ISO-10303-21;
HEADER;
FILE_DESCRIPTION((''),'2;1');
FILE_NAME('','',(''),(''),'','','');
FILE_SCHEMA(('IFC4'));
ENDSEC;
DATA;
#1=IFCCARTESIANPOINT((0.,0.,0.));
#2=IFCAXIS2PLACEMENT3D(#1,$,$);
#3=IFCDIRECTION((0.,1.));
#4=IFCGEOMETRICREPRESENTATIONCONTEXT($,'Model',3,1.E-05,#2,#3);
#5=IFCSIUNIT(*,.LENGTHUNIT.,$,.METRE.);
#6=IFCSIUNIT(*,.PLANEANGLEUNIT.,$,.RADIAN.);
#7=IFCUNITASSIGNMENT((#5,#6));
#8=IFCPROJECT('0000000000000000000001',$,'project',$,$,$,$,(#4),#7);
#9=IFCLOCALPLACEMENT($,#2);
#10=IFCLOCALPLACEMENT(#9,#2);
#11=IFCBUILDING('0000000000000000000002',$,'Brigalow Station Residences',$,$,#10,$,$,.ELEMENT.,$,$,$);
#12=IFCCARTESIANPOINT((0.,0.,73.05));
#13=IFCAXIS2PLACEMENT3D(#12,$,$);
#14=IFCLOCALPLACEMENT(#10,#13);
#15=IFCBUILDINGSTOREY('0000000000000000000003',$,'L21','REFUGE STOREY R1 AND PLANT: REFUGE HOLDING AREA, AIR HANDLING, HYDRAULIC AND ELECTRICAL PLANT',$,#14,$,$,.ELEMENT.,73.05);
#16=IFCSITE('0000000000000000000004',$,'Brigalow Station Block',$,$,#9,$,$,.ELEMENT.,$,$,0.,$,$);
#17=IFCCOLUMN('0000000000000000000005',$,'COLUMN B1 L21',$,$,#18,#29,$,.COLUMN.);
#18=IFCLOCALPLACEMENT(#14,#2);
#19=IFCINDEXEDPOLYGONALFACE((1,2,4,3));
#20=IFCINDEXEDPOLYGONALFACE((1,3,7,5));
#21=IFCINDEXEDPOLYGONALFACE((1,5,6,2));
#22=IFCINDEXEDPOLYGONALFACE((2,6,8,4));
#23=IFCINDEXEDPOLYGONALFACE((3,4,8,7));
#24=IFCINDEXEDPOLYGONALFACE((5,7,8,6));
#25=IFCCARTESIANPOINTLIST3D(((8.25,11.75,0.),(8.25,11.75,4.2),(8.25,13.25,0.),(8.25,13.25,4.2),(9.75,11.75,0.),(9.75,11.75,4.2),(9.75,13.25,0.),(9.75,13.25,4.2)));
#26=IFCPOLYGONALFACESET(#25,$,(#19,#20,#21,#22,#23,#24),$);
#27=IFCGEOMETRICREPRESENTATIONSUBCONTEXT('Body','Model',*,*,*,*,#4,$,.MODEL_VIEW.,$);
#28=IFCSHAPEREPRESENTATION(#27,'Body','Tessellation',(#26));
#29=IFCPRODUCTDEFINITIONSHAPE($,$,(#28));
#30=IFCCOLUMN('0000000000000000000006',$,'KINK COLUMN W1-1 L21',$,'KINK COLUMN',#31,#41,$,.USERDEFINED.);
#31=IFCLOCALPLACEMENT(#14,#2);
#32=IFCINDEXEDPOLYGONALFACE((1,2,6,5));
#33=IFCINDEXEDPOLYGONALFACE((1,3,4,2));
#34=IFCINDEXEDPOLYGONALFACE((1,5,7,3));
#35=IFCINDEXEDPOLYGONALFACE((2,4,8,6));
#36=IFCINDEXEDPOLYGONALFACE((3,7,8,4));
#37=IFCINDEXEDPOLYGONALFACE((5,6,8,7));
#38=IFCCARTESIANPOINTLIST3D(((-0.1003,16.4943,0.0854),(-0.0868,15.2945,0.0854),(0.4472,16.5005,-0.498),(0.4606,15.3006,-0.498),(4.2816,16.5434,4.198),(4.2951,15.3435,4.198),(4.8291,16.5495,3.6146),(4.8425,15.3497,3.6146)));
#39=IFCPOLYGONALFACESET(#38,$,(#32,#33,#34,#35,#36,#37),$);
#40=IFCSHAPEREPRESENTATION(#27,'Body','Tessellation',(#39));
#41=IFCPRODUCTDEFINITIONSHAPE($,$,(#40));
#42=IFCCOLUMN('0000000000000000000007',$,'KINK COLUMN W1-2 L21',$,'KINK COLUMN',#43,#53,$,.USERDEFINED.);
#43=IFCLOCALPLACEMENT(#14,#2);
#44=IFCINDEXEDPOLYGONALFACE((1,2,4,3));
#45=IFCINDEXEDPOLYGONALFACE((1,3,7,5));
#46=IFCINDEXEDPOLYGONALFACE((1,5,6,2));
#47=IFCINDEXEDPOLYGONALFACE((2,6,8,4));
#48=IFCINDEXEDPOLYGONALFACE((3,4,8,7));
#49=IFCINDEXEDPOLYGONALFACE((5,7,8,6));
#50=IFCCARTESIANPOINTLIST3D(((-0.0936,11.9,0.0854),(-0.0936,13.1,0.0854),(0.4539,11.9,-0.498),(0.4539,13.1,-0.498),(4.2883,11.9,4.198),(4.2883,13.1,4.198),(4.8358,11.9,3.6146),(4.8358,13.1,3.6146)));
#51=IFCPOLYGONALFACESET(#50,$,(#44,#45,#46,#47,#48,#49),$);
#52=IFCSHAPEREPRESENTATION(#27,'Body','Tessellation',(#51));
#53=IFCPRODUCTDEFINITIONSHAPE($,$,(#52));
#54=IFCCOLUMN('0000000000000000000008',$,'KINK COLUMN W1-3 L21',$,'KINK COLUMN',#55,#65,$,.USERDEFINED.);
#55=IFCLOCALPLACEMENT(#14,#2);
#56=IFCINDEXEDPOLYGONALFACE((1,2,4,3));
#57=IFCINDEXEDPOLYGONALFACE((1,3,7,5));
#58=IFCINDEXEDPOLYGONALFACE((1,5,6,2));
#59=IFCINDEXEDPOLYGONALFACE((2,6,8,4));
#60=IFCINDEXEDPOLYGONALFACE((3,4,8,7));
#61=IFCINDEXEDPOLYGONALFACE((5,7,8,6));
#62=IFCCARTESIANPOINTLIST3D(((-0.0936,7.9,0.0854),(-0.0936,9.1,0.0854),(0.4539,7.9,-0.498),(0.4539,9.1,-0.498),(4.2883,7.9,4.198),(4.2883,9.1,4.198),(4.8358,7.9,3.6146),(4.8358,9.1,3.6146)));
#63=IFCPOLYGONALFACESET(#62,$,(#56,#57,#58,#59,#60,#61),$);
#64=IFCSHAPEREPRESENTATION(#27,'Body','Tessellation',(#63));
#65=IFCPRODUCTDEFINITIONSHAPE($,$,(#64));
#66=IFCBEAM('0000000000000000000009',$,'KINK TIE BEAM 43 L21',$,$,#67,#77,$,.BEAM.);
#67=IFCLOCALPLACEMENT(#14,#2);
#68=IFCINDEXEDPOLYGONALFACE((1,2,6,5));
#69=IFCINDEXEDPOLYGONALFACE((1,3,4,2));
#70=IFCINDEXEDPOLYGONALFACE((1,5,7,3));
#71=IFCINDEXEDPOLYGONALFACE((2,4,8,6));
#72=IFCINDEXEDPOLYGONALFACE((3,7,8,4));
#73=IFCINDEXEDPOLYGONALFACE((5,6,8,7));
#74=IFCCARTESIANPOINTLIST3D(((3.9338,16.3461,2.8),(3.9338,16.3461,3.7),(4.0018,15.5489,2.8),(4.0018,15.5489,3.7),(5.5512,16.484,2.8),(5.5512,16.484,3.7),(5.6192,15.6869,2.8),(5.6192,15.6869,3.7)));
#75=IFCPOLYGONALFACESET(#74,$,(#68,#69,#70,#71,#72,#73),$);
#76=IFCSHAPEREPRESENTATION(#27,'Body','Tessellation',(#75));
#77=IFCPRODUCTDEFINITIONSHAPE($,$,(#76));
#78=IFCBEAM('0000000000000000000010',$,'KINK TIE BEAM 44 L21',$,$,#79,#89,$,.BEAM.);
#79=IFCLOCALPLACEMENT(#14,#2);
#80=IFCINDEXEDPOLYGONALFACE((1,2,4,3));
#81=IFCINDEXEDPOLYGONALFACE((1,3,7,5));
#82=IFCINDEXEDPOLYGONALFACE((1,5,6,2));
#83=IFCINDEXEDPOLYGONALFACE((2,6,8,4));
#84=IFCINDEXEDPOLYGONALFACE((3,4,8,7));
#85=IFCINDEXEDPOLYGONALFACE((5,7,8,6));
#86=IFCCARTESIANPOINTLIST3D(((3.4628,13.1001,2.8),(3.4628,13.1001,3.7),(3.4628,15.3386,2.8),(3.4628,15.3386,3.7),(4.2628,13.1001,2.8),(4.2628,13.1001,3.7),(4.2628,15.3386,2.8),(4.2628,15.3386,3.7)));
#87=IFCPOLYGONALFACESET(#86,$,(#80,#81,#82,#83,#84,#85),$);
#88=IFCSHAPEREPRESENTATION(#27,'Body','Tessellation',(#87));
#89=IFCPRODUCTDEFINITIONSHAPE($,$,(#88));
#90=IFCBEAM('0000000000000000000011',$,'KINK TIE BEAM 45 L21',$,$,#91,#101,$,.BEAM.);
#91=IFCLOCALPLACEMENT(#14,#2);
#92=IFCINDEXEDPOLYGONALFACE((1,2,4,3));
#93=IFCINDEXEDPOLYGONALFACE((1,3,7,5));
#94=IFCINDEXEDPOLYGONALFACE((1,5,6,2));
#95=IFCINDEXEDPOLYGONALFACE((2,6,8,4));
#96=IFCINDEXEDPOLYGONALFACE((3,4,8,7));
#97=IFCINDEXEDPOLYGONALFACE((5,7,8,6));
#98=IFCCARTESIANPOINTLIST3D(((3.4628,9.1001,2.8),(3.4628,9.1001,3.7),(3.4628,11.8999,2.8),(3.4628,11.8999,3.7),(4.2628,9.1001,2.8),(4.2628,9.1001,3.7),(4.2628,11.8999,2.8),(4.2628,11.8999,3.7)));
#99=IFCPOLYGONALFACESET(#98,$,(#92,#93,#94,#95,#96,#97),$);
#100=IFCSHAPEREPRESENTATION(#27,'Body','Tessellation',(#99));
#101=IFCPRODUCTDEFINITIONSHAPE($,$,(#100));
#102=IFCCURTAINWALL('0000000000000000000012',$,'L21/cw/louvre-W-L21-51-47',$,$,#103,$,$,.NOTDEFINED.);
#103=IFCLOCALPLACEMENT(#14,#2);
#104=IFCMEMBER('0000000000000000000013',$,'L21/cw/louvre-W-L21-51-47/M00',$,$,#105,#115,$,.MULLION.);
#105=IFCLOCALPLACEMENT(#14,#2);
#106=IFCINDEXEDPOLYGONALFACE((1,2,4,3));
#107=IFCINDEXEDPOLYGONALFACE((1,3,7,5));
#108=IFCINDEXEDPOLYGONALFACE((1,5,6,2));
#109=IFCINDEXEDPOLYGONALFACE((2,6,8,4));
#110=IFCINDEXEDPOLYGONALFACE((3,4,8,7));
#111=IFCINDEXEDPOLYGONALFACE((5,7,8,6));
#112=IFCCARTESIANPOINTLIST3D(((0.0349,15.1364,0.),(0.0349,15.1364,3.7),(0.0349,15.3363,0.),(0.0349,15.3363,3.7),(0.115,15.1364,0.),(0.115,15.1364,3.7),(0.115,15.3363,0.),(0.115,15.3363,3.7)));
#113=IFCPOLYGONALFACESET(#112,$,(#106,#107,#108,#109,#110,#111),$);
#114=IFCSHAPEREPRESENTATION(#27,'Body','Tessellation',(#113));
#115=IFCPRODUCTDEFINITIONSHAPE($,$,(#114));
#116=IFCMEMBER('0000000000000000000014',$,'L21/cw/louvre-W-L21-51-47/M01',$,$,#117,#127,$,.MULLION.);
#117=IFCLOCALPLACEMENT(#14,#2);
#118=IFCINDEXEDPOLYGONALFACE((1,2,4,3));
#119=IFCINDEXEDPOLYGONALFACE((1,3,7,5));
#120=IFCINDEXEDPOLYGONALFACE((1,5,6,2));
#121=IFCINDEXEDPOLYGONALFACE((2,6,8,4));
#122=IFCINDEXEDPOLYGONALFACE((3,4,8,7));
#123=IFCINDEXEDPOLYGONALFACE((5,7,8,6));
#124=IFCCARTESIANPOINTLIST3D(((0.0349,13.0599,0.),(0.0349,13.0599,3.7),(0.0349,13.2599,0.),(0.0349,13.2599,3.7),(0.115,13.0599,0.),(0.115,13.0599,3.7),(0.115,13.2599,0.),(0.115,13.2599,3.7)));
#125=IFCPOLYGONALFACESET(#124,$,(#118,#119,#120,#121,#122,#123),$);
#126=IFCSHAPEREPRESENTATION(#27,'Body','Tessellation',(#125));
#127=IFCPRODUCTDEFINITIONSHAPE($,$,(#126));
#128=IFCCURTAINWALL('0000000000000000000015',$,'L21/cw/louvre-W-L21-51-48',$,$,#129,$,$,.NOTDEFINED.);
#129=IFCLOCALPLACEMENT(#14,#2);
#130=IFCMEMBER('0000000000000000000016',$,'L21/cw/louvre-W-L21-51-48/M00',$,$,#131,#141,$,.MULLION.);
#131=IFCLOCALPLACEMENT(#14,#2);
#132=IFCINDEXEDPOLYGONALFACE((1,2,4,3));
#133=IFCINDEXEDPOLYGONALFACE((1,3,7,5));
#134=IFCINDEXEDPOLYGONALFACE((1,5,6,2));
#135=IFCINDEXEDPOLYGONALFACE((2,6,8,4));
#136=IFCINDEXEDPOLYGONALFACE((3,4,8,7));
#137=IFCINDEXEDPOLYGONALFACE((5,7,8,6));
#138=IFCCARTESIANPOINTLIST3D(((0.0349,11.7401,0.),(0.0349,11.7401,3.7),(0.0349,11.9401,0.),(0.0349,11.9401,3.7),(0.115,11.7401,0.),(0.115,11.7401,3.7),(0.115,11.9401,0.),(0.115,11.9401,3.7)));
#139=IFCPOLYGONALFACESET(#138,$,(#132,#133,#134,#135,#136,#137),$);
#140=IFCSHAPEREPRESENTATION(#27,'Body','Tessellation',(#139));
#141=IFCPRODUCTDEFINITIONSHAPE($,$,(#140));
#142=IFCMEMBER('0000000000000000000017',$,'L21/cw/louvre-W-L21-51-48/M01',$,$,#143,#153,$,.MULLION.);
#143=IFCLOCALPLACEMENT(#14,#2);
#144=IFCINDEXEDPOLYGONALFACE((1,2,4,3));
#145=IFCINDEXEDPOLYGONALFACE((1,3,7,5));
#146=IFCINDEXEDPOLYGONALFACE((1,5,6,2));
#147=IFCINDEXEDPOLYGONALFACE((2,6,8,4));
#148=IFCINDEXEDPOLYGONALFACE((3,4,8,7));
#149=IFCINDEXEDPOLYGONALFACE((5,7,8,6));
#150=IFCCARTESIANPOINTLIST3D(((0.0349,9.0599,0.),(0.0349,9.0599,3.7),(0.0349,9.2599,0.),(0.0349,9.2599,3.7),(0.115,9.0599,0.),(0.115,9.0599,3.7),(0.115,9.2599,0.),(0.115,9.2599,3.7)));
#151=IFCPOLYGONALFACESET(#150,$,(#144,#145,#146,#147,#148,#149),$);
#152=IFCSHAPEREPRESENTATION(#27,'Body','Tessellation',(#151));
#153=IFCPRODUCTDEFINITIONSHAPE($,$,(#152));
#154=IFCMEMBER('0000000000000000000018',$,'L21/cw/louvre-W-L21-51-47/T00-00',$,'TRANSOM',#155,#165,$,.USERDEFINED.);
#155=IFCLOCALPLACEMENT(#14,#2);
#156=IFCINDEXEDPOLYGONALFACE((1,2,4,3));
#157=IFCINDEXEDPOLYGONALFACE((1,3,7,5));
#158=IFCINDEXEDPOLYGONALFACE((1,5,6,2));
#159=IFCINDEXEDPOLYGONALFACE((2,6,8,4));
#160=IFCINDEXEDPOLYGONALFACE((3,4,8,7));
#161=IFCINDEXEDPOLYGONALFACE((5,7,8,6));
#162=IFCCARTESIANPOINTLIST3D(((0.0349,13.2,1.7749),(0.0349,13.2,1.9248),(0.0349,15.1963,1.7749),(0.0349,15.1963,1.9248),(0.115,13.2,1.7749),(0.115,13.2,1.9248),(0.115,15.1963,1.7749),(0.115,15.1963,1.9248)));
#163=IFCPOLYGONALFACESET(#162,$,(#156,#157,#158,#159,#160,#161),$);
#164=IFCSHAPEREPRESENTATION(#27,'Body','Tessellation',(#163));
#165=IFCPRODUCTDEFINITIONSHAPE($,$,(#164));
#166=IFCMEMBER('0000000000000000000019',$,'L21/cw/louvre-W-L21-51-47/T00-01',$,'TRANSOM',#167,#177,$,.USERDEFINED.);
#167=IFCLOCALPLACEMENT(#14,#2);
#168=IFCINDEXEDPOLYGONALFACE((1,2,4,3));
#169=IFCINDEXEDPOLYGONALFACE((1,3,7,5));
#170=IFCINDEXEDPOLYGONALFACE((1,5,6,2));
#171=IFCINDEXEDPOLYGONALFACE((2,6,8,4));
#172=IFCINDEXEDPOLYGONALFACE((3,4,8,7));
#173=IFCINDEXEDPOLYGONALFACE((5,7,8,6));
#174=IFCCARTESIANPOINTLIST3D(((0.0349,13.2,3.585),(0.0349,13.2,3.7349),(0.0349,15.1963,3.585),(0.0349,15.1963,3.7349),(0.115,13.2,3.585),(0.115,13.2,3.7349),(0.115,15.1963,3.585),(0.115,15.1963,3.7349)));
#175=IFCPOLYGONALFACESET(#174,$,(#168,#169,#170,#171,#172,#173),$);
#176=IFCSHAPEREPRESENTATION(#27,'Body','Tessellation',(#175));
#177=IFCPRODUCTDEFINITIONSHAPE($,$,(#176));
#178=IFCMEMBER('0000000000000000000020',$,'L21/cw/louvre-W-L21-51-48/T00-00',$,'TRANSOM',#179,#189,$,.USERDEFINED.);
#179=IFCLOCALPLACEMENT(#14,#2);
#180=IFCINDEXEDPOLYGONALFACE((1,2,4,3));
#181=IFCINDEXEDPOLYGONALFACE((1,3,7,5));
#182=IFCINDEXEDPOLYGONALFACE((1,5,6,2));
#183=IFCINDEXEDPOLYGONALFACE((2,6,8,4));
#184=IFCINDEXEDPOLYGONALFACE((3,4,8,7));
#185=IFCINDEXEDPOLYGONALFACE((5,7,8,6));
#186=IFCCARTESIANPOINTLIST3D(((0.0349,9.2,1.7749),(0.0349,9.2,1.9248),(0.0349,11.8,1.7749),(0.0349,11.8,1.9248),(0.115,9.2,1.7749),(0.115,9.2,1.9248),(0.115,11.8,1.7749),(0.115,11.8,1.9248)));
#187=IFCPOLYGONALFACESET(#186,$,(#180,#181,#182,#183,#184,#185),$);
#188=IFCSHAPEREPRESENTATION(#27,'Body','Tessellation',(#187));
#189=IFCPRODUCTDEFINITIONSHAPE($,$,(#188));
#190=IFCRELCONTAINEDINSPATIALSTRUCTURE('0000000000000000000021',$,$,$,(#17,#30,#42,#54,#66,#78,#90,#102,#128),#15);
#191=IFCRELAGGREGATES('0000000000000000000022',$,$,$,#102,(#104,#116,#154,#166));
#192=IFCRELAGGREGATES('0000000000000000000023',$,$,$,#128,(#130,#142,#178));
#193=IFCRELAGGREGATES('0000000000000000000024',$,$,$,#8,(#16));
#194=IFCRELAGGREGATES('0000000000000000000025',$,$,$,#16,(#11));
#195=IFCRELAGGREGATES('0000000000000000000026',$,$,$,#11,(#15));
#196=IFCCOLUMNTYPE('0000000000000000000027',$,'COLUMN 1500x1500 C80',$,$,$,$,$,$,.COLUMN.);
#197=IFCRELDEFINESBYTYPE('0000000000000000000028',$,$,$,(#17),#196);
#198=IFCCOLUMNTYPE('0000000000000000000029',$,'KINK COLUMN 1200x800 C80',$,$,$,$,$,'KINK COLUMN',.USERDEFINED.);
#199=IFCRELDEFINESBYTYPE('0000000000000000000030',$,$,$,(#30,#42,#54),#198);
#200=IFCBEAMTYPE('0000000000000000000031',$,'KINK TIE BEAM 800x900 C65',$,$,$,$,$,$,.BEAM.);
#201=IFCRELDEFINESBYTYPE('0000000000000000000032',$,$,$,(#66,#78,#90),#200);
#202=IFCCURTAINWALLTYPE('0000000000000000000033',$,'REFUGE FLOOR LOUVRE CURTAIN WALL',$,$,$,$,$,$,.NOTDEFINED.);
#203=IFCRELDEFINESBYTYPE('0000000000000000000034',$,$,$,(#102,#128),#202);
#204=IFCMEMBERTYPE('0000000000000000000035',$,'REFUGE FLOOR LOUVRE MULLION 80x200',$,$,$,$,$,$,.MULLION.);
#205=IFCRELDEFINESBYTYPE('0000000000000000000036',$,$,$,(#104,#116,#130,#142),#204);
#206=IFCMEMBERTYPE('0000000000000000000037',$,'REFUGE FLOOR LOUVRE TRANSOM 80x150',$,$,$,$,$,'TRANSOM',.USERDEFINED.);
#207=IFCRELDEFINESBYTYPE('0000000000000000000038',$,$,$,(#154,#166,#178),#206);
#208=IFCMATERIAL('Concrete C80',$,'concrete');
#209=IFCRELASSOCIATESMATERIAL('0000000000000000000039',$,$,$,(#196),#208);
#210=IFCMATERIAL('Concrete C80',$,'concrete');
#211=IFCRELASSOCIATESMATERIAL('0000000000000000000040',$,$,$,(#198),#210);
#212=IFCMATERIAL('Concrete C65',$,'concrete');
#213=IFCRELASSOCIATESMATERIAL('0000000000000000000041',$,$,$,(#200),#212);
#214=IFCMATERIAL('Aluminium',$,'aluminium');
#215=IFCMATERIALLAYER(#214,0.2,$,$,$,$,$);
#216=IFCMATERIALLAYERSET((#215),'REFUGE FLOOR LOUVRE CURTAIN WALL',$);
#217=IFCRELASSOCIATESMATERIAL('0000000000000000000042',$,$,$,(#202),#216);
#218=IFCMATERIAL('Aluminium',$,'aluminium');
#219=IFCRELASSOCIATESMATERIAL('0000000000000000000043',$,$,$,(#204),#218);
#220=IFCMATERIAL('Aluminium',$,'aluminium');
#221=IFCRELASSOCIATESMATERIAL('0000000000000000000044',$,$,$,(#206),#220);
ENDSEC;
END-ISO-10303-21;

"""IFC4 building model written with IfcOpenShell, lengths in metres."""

from ifc_helpers import new_model, si_unit, direction, frame, origin, origin_2d, place, context, subcontext, project, spatial, rectangle, extrude, material, layer, layer_set, material_profile, profile_set, type_object, element, aggregate, save


model = new_model("IFC4")

# Units and contexts
model_context = context("Model", 3, precision=1e-05, world=origin(), true_north=direction((0.0, 1.0)))
body_context = subcontext(model_context, "Body", "Model", "MODEL_VIEW")
ifc_project = project(units=[si_unit("LENGTHUNIT", "METRE"), si_unit("PLANEANGLEUNIT", "RADIAN")], contexts=[model_context])

# Site, building, storey
site_placement = place(None, origin())
site = spatial("IfcSite", under=ifc_project, at=site_placement, Name="Brigalow Station Block", CompositionType="ELEMENT", RefElevation=0.0)
building_placement = place(site_placement, origin())
building = spatial("IfcBuilding", under=site, at=building_placement, Name="Brigalow Station Residences", CompositionType="ELEMENT")
storey_placement = place(building_placement, frame((0.0, 0.0, 73.05)))
storey = spatial("IfcBuildingStorey", under=building, at=storey_placement, Name="L21", Description="REFUGE STOREY R1 AND PLANT: REFUGE HOLDING AREA, AIR HANDLING, HYDRAULIC AND ELECTRICAL PLANT", CompositionType="ELEMENT", Elevation=73.05)

# Columns
ifc_material_1 = material(Name="Concrete C80", Category="concrete")
ifc_material_profile_1 = material_profile(ifc_material_1, rectangle(XDim=1.5, YDim=1.5, at=origin_2d()), Name="RC1500x1500")
ifc_profile_set_1 = profile_set([ifc_material_profile_1], Name="Concrete C80")
column_type_1 = type_object("IfcColumnType", Name="COLUMN 1500x1500 C80", PredefinedType="COLUMN", material=ifc_profile_set_1)
column_1_placement = place(storey_placement, frame((9.0, 12.5, 0.0), z_axis=(0.0, 0.0, 1.0), x_axis=(1.0, 0.0, 0.0)))
element("IfcColumn", 1, at=column_1_placement, inside=storey, type_object=column_type_1, Name="COLUMN B1 L21", PredefinedType="COLUMN", context=body_context, shape_type="SweptSolid", body=[
    extrude(rectangle(XDim=1.5, YDim=1.5, at=origin_2d()), origin(), (0.0, 0.0, 1.0), 4.2),
])
ifc_material_2 = material(Name="Concrete C80", Category="concrete")
ifc_material_profile_2 = material_profile(ifc_material_2, rectangle(XDim=1.2, YDim=0.8, at=origin_2d()), Name="RC1200x800")
ifc_profile_set_2 = profile_set([ifc_material_profile_2], Name="Concrete C80")
column_type_2 = type_object("IfcColumnType", Name="KINK COLUMN 1200x800 C80", ElementType="KINK COLUMN", PredefinedType="USERDEFINED", material=ifc_profile_set_2)
column_2_placement = place(storey_placement, frame((0.1802, 15.8975, -0.2063), z_axis=(0.729133, 0.008166, 0.684324), x_axis=(-0.011198, 0.999937, 0.0)))
element("IfcColumn", 2, at=column_2_placement, inside=storey, type_object=column_type_2, Name="KINK COLUMN W1-1 L21", ObjectType="KINK COLUMN", PredefinedType="USERDEFINED", context=body_context, shape_type="SweptSolid", body=[
    extrude(rectangle(XDim=1.2, YDim=0.8, at=origin_2d()), origin(), (0.0, 0.0, 1.0), 6.0098),
])
for number, where, z_axis, x_axis, name in (
    (3, (0.1802, 12.5, -0.2063), (0.729157, 0.0, 0.684346), (0.0, 1.0, 0.0), "KINK COLUMN W1-2 L21"),
    (4, (0.1802, 8.5, -0.2063), (0.729157, 0.0, 0.684346), (0.0, 1.0, 0.0), "KINK COLUMN W1-3 L21"),
):
    element("IfcColumn", number, at=place(storey_placement, frame(where, z_axis=z_axis, x_axis=x_axis)), inside=storey, type_object=column_type_2, Name=name, ObjectType="KINK COLUMN", PredefinedType="USERDEFINED", context=body_context, shape_type="SweptSolid", body=[
        extrude(rectangle(XDim=1.2, YDim=0.8, at=origin_2d()), origin(), (0.0, 0.0, 1.0), 6.0095),
    ])

# Beams
ifc_material_3 = material(Name="Concrete C65", Category="concrete")
ifc_material_profile_3 = material_profile(ifc_material_3, rectangle(XDim=0.8, YDim=0.8999, at=origin_2d()), Name="RC800x900")
ifc_profile_set_3 = profile_set([ifc_material_profile_3], Name="Concrete C65")
beam_type = type_object("IfcBeamType", Name="KINK TIE BEAM 800x900 C65", PredefinedType="BEAM", material=ifc_profile_set_3)
beam_1_placement = place(storey_placement, frame((5.5852, 16.0854, 3.25), z_axis=(-0.996383, -0.084975, 0.0), x_axis=(0.084975, -0.996383, 0.0)))
element("IfcBeam", 5, at=beam_1_placement, inside=storey, type_object=beam_type, Name="KINK TIE BEAM 43 L21", PredefinedType="BEAM", context=body_context, shape_type="SweptSolid", body=[
    extrude(rectangle(XDim=0.8, YDim=0.8999, at=origin_2d()), origin(), (0.0, 0.0, 1.0), 1.6233),
])
beam_2_placement = place(storey_placement, frame((3.8628, 15.3386, 3.25), z_axis=(0.0, -1.0, 0.0), x_axis=(1.0, 0.0, 0.0)))
element("IfcBeam", 6, at=beam_2_placement, inside=storey, type_object=beam_type, Name="KINK TIE BEAM 44 L21", PredefinedType="BEAM", context=body_context, shape_type="SweptSolid", body=[
    extrude(rectangle(XDim=0.8, YDim=0.8999, at=origin_2d()), origin(), (0.0, 0.0, 1.0), 2.2385),
])
beam_3_placement = place(storey_placement, frame((3.8628, 11.8999, 3.25), z_axis=(0.0, -1.0, 0.0), x_axis=(1.0, 0.0, 0.0)))
element("IfcBeam", 7, at=beam_3_placement, inside=storey, type_object=beam_type, Name="KINK TIE BEAM 45 L21", PredefinedType="BEAM", context=body_context, shape_type="SweptSolid", body=[
    extrude(rectangle(XDim=0.8, YDim=0.8999, at=origin_2d()), origin(), (0.0, 0.0, 1.0), 2.7998),
])

# Curtain walls, members
ifc_material_4 = material(Name="Aluminium", Category="aluminium")
ifc_layer_1 = layer(ifc_material_4, 0.2)
ifc_layer_set_1 = layer_set([ifc_layer_1], Name="REFUGE FLOOR LOUVRE CURTAIN WALL")
curtain_wall_type = type_object("IfcCurtainWallType", Name="REFUGE FLOOR LOUVRE CURTAIN WALL", PredefinedType="NOTDEFINED", material=ifc_layer_set_1)
curtain_wall_1_placement = place(storey_placement, origin())
curtain_wall_1 = element("IfcCurtainWall", 8, at=curtain_wall_1_placement, inside=storey, type_object=curtain_wall_type, Name="L21/cw/louvre-W-L21-51-47", PredefinedType="NOTDEFINED")
ifc_material_5 = material(Name="Aluminium", Category="aluminium")
ifc_material_profile_4 = material_profile(ifc_material_5, rectangle(XDim=0.0801, YDim=0.2, at=origin_2d()), Name="REFUGE FLOOR LOUVRE MULLION 80x200")
ifc_profile_set_4 = profile_set([ifc_material_profile_4], Name="Aluminium")
member_type_1 = type_object("IfcMemberType", Name="REFUGE FLOOR LOUVRE MULLION 80x200", PredefinedType="MULLION", material=ifc_profile_set_4)
member_1_placement = place(storey_placement, frame((0.075, 15.2363, 0.0), z_axis=(0.0, 0.0, 1.0), x_axis=(1.0, 0.0, 0.0)))
member_1 = element("IfcMember", 9, at=member_1_placement, type_object=member_type_1, Name="L21/cw/louvre-W-L21-51-47/M00", PredefinedType="MULLION", context=body_context, shape_type="SweptSolid", body=[
    extrude(rectangle(XDim=0.0801, YDim=0.2, at=origin_2d()), origin(), (0.0, 0.0, 1.0), 3.7),
])
member_2_placement = place(storey_placement, frame((0.075, 13.1599, 0.0), z_axis=(0.0, 0.0, 1.0), x_axis=(1.0, 0.0, 0.0)))
member_2 = element("IfcMember", 10, at=member_2_placement, type_object=member_type_1, Name="L21/cw/louvre-W-L21-51-47/M01", PredefinedType="MULLION", context=body_context, shape_type="SweptSolid", body=[
    extrude(rectangle(XDim=0.0801, YDim=0.2, at=origin_2d()), origin(), (0.0, 0.0, 1.0), 3.7),
])
curtain_wall_2_placement = place(storey_placement, origin())
curtain_wall_2 = element("IfcCurtainWall", 11, at=curtain_wall_2_placement, inside=storey, type_object=curtain_wall_type, Name="L21/cw/louvre-W-L21-51-48", PredefinedType="NOTDEFINED")
member_3_placement = place(storey_placement, frame((0.075, 11.8401, 0.0), z_axis=(0.0, 0.0, 1.0), x_axis=(1.0, 0.0, 0.0)))
member_3 = element("IfcMember", 12, at=member_3_placement, type_object=member_type_1, Name="L21/cw/louvre-W-L21-51-48/M00", PredefinedType="MULLION", context=body_context, shape_type="SweptSolid", body=[
    extrude(rectangle(XDim=0.0801, YDim=0.2, at=origin_2d()), origin(), (0.0, 0.0, 1.0), 3.7),
])
member_4_placement = place(storey_placement, frame((0.075, 9.1599, 0.0), z_axis=(0.0, 0.0, 1.0), x_axis=(1.0, 0.0, 0.0)))
member_4 = element("IfcMember", 13, at=member_4_placement, type_object=member_type_1, Name="L21/cw/louvre-W-L21-51-48/M01", PredefinedType="MULLION", context=body_context, shape_type="SweptSolid", body=[
    extrude(rectangle(XDim=0.0801, YDim=0.2, at=origin_2d()), origin(), (0.0, 0.0, 1.0), 3.7),
])

# Members
ifc_material_6 = material(Name="Aluminium", Category="aluminium")
ifc_material_profile_5 = material_profile(ifc_material_6, rectangle(XDim=0.0801, YDim=0.1499, at=origin_2d()), Name="REFUGE FLOOR LOUVRE TRANSOM 80x150")
ifc_profile_set_5 = profile_set([ifc_material_profile_5], Name="Aluminium")
member_type_2 = type_object("IfcMemberType", Name="REFUGE FLOOR LOUVRE TRANSOM 80x150", ElementType="TRANSOM", PredefinedType="USERDEFINED", material=ifc_profile_set_5)
member_5_placement = place(storey_placement, frame((0.075, 15.1963, 1.8499), z_axis=(0.0, -1.0, 0.0), x_axis=(1.0, 0.0, 0.0)))
member_5 = element("IfcMember", 14, at=member_5_placement, type_object=member_type_2, Name="L21/cw/louvre-W-L21-51-47/T00-00", ObjectType="TRANSOM", PredefinedType="USERDEFINED", context=body_context, shape_type="SweptSolid", body=[
    extrude(rectangle(XDim=0.0801, YDim=0.1499, at=origin_2d()), origin(), (0.0, 0.0, 1.0), 1.9963),
])
member_6_placement = place(storey_placement, frame((0.075, 15.1963, 3.6599), z_axis=(0.0, -1.0, 0.0), x_axis=(1.0, 0.0, 0.0)))
member_6 = element("IfcMember", 15, at=member_6_placement, type_object=member_type_2, Name="L21/cw/louvre-W-L21-51-47/T00-01", ObjectType="TRANSOM", PredefinedType="USERDEFINED", context=body_context, shape_type="SweptSolid", body=[
    extrude(rectangle(XDim=0.0801, YDim=0.1499, at=origin_2d()), origin(), (0.0, 0.0, 1.0), 1.9963),
])
member_7_placement = place(storey_placement, frame((0.075, 11.8, 1.8499), z_axis=(0.0, -1.0, 0.0), x_axis=(1.0, 0.0, 0.0)))
member_7 = element("IfcMember", 16, at=member_7_placement, type_object=member_type_2, Name="L21/cw/louvre-W-L21-51-48/T00-00", ObjectType="TRANSOM", PredefinedType="USERDEFINED", context=body_context, shape_type="SweptSolid", body=[
    extrude(rectangle(XDim=0.0801, YDim=0.1499, at=origin_2d()), origin(), (0.0, 0.0, 1.0), 2.6001),
])

aggregate(curtain_wall_1, [member_1, member_2, member_5, member_6])
aggregate(curtain_wall_2, [member_3, member_4, member_7])

save(model, "model.ifc")
